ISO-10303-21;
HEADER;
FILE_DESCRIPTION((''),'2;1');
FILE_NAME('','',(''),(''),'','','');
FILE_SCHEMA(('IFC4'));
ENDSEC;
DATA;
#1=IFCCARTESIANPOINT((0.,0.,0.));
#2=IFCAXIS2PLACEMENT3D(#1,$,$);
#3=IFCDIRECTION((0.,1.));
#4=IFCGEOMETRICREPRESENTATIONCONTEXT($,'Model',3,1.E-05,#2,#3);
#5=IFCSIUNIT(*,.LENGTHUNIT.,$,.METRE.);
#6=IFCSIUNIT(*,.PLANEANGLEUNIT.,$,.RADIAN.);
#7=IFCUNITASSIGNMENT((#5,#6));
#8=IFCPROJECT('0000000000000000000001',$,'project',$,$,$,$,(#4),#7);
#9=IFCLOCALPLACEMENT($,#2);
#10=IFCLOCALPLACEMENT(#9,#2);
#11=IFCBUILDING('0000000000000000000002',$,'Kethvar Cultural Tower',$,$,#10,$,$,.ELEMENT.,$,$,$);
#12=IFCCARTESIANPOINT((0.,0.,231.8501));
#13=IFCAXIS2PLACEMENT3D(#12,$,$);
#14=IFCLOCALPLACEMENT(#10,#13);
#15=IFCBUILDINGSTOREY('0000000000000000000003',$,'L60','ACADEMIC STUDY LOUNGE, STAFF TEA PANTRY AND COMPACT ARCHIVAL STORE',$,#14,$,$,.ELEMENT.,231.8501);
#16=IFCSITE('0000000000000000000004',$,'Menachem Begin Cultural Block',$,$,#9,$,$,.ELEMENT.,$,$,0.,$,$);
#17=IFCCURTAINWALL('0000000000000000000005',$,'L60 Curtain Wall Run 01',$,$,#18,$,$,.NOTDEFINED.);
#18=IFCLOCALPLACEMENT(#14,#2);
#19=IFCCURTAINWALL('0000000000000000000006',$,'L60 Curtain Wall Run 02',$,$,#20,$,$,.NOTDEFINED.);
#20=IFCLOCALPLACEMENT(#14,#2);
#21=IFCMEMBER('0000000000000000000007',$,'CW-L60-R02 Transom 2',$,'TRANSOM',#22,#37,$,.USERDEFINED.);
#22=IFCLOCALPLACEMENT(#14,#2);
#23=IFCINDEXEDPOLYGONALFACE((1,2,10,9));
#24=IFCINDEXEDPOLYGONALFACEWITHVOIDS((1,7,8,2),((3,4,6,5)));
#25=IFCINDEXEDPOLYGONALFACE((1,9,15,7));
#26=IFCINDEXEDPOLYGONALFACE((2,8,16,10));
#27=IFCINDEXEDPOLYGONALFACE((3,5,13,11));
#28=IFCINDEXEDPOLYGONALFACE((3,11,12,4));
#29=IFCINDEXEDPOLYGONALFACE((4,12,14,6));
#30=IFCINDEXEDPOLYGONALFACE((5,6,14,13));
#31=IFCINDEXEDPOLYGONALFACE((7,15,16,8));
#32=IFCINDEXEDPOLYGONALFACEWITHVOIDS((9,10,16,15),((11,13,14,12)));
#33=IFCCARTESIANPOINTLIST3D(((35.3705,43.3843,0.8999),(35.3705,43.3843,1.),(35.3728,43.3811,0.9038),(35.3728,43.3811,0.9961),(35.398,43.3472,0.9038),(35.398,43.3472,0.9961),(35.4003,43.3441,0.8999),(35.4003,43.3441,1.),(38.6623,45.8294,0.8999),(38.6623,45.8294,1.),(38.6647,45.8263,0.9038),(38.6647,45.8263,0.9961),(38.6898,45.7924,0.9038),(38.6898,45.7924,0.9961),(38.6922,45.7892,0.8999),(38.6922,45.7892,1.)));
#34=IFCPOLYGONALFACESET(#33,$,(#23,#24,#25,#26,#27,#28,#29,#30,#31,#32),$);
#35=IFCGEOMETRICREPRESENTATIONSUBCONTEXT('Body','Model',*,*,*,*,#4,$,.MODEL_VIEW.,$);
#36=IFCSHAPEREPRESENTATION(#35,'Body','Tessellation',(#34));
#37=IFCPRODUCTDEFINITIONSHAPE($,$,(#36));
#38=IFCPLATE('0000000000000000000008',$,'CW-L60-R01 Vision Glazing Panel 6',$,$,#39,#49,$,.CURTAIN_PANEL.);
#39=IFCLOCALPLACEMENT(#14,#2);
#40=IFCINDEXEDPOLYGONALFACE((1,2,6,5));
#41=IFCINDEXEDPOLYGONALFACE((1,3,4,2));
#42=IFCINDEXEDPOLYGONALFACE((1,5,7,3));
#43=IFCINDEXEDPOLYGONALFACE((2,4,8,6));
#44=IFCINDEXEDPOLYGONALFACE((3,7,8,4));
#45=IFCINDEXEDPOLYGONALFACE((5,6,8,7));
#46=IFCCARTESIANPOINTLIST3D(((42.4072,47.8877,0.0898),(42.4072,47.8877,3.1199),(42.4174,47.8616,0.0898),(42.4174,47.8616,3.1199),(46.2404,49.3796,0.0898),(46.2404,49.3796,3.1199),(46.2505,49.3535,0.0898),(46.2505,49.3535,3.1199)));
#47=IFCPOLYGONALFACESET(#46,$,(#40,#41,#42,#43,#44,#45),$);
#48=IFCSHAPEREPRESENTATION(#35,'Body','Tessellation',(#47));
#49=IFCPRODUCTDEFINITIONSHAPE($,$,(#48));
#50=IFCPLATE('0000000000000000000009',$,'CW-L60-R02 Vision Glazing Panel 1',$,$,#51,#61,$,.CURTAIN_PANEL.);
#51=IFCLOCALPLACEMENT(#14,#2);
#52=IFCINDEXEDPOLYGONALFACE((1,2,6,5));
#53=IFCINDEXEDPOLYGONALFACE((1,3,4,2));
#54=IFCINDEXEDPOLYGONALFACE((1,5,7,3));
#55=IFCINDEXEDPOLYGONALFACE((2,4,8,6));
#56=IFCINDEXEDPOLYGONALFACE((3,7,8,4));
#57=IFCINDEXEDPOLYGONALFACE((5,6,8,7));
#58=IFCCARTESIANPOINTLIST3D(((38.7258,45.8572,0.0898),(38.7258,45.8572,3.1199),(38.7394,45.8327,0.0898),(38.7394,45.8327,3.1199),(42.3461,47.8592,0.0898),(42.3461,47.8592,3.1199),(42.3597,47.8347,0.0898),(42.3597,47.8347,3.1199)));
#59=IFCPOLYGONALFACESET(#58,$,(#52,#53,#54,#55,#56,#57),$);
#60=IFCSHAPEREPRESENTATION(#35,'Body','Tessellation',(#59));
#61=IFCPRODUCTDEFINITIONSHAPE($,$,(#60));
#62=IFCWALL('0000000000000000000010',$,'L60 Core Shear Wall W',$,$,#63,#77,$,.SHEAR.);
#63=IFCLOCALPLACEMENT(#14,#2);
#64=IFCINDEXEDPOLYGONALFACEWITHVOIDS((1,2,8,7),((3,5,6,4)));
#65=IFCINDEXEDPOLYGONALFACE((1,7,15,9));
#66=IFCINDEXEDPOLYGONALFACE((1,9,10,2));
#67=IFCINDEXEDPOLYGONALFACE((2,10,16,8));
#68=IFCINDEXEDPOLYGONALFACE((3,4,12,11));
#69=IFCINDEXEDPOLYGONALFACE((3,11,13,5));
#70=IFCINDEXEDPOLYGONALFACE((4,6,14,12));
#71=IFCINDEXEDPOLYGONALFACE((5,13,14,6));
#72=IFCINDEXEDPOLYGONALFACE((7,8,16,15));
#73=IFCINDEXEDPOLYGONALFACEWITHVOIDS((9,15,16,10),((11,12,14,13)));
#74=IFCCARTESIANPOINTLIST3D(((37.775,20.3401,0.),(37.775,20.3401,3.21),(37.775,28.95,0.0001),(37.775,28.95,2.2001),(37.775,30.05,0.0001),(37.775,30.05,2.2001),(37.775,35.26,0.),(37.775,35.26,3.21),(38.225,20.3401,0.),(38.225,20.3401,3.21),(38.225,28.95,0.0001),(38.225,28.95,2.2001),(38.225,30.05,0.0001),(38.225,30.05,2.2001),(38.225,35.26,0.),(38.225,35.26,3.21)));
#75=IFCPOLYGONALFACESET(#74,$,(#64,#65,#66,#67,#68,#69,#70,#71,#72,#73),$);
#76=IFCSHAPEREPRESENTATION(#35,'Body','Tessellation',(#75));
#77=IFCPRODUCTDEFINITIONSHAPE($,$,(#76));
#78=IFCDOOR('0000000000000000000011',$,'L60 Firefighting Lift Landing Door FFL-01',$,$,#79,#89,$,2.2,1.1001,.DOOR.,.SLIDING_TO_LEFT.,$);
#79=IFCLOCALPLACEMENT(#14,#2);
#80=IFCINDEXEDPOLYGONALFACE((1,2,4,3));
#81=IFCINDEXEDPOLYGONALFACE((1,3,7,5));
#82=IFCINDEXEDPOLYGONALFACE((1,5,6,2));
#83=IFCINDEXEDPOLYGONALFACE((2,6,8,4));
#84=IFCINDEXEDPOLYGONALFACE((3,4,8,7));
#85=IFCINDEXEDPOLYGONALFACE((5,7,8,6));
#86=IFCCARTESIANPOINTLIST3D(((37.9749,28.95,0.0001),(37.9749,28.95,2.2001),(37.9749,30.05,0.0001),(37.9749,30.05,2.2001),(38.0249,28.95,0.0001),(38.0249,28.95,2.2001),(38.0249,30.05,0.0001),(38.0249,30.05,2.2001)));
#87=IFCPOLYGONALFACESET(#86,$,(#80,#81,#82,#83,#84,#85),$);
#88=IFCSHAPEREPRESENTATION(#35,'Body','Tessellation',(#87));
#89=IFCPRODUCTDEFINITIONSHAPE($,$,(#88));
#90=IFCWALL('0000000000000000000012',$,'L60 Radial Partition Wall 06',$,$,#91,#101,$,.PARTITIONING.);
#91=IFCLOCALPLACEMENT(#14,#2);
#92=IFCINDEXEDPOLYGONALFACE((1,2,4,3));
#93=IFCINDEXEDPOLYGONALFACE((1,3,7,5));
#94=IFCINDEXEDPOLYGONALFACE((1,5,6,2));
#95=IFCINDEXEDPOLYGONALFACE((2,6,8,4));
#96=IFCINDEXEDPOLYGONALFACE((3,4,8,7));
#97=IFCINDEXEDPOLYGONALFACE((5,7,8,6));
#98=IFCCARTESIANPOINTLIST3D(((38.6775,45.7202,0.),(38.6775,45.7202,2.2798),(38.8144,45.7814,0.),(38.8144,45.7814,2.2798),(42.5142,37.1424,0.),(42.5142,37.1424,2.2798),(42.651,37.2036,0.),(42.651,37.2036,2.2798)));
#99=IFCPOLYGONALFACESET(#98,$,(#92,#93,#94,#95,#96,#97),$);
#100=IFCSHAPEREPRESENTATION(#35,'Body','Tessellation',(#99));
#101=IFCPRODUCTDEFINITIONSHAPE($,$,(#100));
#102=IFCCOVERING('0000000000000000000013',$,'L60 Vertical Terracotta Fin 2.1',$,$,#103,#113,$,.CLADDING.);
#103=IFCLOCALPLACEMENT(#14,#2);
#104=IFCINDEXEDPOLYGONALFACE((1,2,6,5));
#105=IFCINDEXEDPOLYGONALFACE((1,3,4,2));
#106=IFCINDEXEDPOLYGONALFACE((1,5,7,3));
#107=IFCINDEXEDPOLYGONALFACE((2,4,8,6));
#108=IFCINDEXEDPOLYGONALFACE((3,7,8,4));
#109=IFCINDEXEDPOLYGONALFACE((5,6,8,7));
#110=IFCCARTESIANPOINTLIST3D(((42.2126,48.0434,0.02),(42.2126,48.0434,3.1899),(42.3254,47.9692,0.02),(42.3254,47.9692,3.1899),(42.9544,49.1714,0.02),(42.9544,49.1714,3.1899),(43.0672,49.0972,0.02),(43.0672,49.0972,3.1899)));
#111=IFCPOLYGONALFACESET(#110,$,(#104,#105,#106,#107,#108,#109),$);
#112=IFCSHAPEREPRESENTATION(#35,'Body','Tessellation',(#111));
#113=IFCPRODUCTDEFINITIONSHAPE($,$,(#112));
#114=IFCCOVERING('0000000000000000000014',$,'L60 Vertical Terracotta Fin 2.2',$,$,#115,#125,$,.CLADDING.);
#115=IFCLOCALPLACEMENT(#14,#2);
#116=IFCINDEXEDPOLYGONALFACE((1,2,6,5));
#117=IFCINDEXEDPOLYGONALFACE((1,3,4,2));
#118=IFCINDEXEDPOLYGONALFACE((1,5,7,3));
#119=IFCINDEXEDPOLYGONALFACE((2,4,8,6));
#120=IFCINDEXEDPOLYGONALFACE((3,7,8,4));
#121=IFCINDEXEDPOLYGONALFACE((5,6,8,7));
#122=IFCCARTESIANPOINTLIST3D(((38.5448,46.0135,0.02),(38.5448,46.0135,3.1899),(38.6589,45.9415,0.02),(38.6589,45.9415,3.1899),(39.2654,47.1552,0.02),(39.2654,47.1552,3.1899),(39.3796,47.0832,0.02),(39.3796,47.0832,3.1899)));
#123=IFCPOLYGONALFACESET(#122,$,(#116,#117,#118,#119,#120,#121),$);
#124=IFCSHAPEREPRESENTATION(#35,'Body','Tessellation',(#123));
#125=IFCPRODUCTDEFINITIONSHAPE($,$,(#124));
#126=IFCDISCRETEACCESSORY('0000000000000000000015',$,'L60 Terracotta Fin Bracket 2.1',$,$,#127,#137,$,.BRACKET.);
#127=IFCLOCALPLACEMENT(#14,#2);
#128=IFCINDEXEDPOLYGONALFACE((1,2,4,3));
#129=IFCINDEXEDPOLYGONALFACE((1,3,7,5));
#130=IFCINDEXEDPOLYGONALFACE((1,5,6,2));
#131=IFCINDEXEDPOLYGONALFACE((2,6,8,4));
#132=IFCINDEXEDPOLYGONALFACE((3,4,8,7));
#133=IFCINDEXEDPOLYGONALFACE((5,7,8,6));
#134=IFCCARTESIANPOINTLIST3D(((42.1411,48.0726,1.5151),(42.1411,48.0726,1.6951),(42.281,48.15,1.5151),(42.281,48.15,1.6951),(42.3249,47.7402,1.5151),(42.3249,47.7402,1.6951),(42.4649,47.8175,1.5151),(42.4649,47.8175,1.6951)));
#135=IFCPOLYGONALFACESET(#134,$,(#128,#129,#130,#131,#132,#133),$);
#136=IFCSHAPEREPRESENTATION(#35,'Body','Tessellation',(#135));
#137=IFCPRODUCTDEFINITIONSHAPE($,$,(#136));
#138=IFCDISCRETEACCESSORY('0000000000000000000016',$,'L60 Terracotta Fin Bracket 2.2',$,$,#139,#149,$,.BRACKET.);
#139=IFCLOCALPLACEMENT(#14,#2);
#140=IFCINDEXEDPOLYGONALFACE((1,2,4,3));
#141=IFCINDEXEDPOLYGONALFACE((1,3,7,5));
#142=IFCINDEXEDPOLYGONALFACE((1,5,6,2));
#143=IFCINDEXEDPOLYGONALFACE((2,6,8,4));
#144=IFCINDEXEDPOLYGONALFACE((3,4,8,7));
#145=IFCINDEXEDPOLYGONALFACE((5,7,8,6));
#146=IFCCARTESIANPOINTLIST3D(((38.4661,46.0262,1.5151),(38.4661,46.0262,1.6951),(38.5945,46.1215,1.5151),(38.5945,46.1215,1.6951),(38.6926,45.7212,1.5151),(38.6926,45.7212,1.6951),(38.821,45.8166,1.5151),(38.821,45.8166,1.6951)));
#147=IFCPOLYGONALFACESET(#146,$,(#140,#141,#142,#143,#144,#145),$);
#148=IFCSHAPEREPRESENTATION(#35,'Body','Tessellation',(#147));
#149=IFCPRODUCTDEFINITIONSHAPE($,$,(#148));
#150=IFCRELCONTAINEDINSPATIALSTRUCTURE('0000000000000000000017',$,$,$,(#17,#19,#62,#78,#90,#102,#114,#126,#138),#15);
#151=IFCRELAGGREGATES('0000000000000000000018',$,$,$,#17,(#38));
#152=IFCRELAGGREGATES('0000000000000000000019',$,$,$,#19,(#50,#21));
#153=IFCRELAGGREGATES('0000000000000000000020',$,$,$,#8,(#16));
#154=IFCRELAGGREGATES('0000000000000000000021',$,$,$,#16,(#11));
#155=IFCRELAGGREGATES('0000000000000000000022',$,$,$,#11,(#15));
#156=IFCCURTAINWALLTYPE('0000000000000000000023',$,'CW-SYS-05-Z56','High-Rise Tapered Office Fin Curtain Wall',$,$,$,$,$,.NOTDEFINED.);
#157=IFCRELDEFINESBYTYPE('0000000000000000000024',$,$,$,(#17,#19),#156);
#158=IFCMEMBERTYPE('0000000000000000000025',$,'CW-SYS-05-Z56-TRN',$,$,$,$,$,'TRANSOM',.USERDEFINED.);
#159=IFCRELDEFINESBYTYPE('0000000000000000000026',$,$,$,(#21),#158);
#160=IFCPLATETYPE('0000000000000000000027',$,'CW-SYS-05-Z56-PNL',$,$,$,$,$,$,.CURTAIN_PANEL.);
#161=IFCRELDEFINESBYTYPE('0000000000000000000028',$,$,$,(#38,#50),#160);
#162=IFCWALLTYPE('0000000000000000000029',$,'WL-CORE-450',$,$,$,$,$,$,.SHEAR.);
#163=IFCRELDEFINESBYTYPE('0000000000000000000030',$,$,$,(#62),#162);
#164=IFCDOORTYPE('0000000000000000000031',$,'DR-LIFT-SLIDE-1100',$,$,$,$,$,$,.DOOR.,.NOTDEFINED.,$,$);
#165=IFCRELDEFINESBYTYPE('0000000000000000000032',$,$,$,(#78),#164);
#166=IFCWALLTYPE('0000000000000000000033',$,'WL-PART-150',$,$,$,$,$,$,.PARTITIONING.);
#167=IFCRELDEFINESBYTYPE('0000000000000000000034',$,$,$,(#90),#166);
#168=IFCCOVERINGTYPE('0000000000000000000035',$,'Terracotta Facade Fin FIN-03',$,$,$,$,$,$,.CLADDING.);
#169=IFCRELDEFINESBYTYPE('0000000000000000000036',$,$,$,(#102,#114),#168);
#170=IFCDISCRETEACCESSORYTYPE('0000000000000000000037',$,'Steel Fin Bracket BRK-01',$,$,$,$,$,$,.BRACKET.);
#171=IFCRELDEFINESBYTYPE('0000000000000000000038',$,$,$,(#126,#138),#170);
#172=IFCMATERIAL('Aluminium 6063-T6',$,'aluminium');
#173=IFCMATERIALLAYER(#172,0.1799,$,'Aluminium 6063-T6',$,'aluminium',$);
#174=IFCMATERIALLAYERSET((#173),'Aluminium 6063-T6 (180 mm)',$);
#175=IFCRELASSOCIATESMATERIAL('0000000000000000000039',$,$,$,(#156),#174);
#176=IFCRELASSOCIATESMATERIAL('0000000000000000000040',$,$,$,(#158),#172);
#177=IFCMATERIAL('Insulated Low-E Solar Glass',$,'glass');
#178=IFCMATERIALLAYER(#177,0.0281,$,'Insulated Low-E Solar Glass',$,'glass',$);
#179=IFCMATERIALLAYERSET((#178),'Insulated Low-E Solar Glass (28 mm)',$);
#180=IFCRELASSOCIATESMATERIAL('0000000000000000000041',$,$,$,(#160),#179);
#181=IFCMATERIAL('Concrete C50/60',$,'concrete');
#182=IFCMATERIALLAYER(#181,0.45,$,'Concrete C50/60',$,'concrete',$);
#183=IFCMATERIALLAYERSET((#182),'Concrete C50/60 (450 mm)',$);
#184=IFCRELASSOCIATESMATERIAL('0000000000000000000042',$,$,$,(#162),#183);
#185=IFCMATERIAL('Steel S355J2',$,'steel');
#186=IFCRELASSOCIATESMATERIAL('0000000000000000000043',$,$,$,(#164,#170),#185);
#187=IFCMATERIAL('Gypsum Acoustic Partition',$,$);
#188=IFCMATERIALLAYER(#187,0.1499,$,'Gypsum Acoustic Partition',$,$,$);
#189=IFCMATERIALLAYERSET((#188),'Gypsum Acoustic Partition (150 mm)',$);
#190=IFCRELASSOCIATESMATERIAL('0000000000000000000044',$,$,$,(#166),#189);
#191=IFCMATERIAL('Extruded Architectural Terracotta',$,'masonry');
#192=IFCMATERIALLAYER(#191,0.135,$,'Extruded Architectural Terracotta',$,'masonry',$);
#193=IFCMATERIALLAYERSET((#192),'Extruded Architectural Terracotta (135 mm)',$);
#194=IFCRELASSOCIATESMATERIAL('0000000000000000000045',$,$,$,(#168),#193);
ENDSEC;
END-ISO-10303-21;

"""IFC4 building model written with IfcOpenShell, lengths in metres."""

from ifc_helpers import new_model, si_unit, direction, frame, frame_2d, origin, origin_2d, place, context, subcontext, project, spatial, rectangle, hollow_rectangle, extrude, source, transform, mapped, material, layer, layer_set, material_profile, profile_set, type_object, element, fill, aggregate, save


model = new_model("IFC4")

# Units and contexts
model_context = context("Model", 3, precision=1e-05, world=origin(), true_north=direction((0.0, 1.0)))
body_context = subcontext(model_context, "Body", "Model", "MODEL_VIEW")
ifc_project = project(units=[si_unit("LENGTHUNIT", "METRE"), si_unit("PLANEANGLEUNIT", "RADIAN")], contexts=[model_context])

# Site, building, storey
site_placement = place(None, origin())
site = spatial("IfcSite", under=ifc_project, at=site_placement, Name="Menachem Begin Cultural Block", CompositionType="ELEMENT", RefElevation=0.0)
building_placement = place(site_placement, origin())
building = spatial("IfcBuilding", under=site, at=building_placement, Name="Kethvar Cultural Tower", CompositionType="ELEMENT")
storey_placement = place(building_placement, frame((0.0, 0.0, 231.8501)))
storey = spatial("IfcBuildingStorey", under=building, at=storey_placement, Name="L60", Description="ACADEMIC STUDY LOUNGE, STAFF TEA PANTRY AND COMPACT ARCHIVAL STORE", CompositionType="ELEMENT", Elevation=231.8501)

# Shared definitions
ifc_material_1 = material(Name="Steel S355J2", Category="steel")

# Curtain wall
ifc_material_2 = material(Name="Aluminium 6063-T6", Category="aluminium")
ifc_layer_1 = layer(ifc_material_2, 0.1799, Name="Aluminium 6063-T6", Category="aluminium")
ifc_layer_set_1 = layer_set([ifc_layer_1], Name="Aluminium 6063-T6 (180 mm)")
curtain_wall_type = type_object("IfcCurtainWallType", Name="CW-SYS-05-Z56", Description="High-Rise Tapered Office Fin Curtain Wall", PredefinedType="NOTDEFINED", material=ifc_layer_set_1)
curtain_wall_1_placement = place(storey_placement, origin())
curtain_wall_1 = element("IfcCurtainWall", 1, at=curtain_wall_1_placement, inside=storey, type_object=curtain_wall_type, Name="L60 Curtain Wall Run 01", PredefinedType="NOTDEFINED")

# Curtain wall, member
curtain_wall_2_placement = place(storey_placement, origin())
curtain_wall_2 = element("IfcCurtainWall", 2, at=curtain_wall_2_placement, inside=storey, type_object=curtain_wall_type, Name="L60 Curtain Wall Run 02", PredefinedType="NOTDEFINED")
ifc_material_profile_1 = material_profile(ifc_material_2, hollow_rectangle(XDim=0.05, YDim=0.1001, WallThickness=0.0039, at=origin_2d()), Name="Aluminium 6063-T6 — RHS100x50x4")
ifc_profile_set_1 = profile_set([ifc_material_profile_1], Name="Aluminium 6063-T6 — RHS100x50x4")
member_type_1 = type_object("IfcMemberType", Name="CW-SYS-05-Z56-TRN", ElementType="TRANSOM", PredefinedType="USERDEFINED", material=ifc_profile_set_1)
shared_shape_1 = source(origin(), body_context, "Body", "SweptSolid", [
    extrude(hollow_rectangle(XDim=0.05, YDim=0.1001, WallThickness=0.0039, at=origin_2d()), origin(), (0.0, 0.0, 1.0), 4.1006),
])
member_1_placement = place(storey_placement, frame((38.6772, 45.8093, 0.95), z_axis=(-0.802771, -0.596288, 0.0), x_axis=(0.596288, -0.802771, 0.0)))
member_1 = element("IfcMember", 3, at=member_1_placement, type_object=member_type_1, Name="CW-L60-R02 Transom 2", ObjectType="TRANSOM", PredefinedType="USERDEFINED", context=body_context, shape_type="MappedRepresentation", body=[
    mapped(shared_shape_1, transform((0.0, 0.0, 0.0), scale=1.0)),
])

# Plates
ifc_material_3 = material(Name="Insulated Low-E Solar Glass", Category="glass")
ifc_layer_2 = layer(ifc_material_3, 0.0281, Name="Insulated Low-E Solar Glass", Category="glass")
ifc_layer_set_2 = layer_set([ifc_layer_2], Name="Insulated Low-E Solar Glass (28 mm)")
plate_type = type_object("IfcPlateType", Name="CW-SYS-05-Z56-PNL", PredefinedType="CURTAIN_PANEL", material=ifc_layer_set_2)
shared_shape_2 = source(origin(), body_context, "Body", "SweptSolid", [
    extrude(rectangle(XDim=4.1133, YDim=0.0281, at=origin_2d()), origin(), (0.0, 0.0, 1.0), 3.03),
])
plate_1_placement = place(storey_placement, frame((44.3289, 48.6206, 0.0898), z_axis=(0.0, 0.0, 1.0), x_axis=(-0.931907, -0.362698, 0.0)))
plate_1 = element("IfcPlate", 4, at=plate_1_placement, type_object=plate_type, Name="CW-L60-R01 Vision Glazing Panel 6", PredefinedType="CURTAIN_PANEL", context=body_context, shape_type="MappedRepresentation", body=[
    mapped(shared_shape_2, transform((0.0, 0.0, 0.0), scale=1.0)),
])
aggregate(curtain_wall_1, [plate_1])
shared_shape_3 = source(origin(), body_context, "Body", "SweptSolid", [
    extrude(rectangle(XDim=4.137, YDim=0.0281, at=origin_2d()), origin(), (0.0, 0.0, 1.0), 3.03),
])
plate_2_placement = place(storey_placement, frame((40.5427, 46.8459, 0.0898), z_axis=(0.0, 0.0, 1.0), x_axis=(-0.87511, -0.483924, 0.0)))
plate_2 = element("IfcPlate", 5, at=plate_2_placement, type_object=plate_type, Name="CW-L60-R02 Vision Glazing Panel 1", PredefinedType="CURTAIN_PANEL", context=body_context, shape_type="MappedRepresentation", body=[
    mapped(shared_shape_3, transform((0.0, 0.0, 0.0), scale=1.0)),
])
aggregate(curtain_wall_2, [plate_2, member_1])

# Wall, opening, door
ifc_material_4 = material(Name="Concrete C50/60", Category="concrete")
ifc_layer_3 = layer(ifc_material_4, 0.45, Name="Concrete C50/60", Category="concrete")
ifc_layer_set_3 = layer_set([ifc_layer_3], Name="Concrete C50/60 (450 mm)")
wall_type_1 = type_object("IfcWallType", Name="WL-CORE-450", PredefinedType="SHEAR", material=ifc_layer_set_3)
wall_1_placement = place(storey_placement, frame((38.0, 35.26, 0.0), z_axis=(0.0, 0.0, 1.0), x_axis=(0.0, -1.0, 0.0)))
wall_1 = element("IfcWall", 6, at=wall_1_placement, inside=storey, type_object=wall_type_1, Name="L60 Core Shear Wall W", PredefinedType="SHEAR", context=body_context, shape_type="SweptSolid", body=[
    extrude(rectangle(XDim=14.9199, YDim=0.45, at=frame_2d((7.46, 0.0))), origin(), (0.0, 0.0, 1.0), 3.21),
])
opening_placement = place(wall_1_placement, frame((5.21, 0.0, 0.0)))
opening = element("IfcOpeningElement", 7, at=opening_placement, cuts=wall_1, PredefinedType="OPENING", context=body_context, shape_type="SweptSolid", body=[
    extrude(rectangle(XDim=1.1001, YDim=2.2, at=frame_2d((0.55, 1.1001))), frame((0.0, 0.2349, 0.0), z_axis=(0.0, -1.0, 0.0), x_axis=(1.0, 0.0, 0.0)), (0.0, 0.0, 1.0), 0.47),
])
door_type = type_object("IfcDoorType", Name="DR-LIFT-SLIDE-1100", OperationType="NOTDEFINED", PredefinedType="DOOR", material=ifc_material_1)
shared_shape_4 = source(origin(), body_context, "Body", "SweptSolid", [
    extrude(rectangle(XDim=1.1001, YDim=2.2, at=frame_2d((0.55, 1.1001))), frame((0.0, 0.0249, 0.0), z_axis=(0.0, -1.0, 0.0), x_axis=(1.0, 0.0, 0.0)), (0.0, 0.0, 1.0), 0.05),
])
door_placement = place(opening_placement, origin())
door = element("IfcDoor", 8, at=door_placement, inside=storey, type_object=door_type, Name="L60 Firefighting Lift Landing Door FFL-01", OperationType="SLIDING_TO_LEFT", OverallHeight=2.2, OverallWidth=1.1001, PredefinedType="DOOR", context=body_context, shape_type="MappedRepresentation", body=[
    mapped(shared_shape_4, transform((0.0, 0.0, 0.0), scale=1.0)),
])
fill(opening, door)

# Wall
ifc_material_5 = material(Name="Gypsum Acoustic Partition")
ifc_layer_4 = layer(ifc_material_5, 0.1499, Name="Gypsum Acoustic Partition")
ifc_layer_set_4 = layer_set([ifc_layer_4], Name="Gypsum Acoustic Partition (150 mm)")
wall_type_2 = type_object("IfcWallType", Name="WL-PART-150", PredefinedType="PARTITIONING", material=ifc_layer_set_4)
wall_2_placement = place(storey_placement, frame((42.5825, 37.1731, 0.0), z_axis=(0.0, 0.0, 1.0), x_axis=(-0.408295, 0.91285, 0.0)))
element("IfcWall", 9, at=wall_2_placement, inside=storey, type_object=wall_type_2, Name="L60 Radial Partition Wall 06", PredefinedType="PARTITIONING", context=body_context, shape_type="SweptSolid", body=[
    extrude(rectangle(XDim=9.3967, YDim=0.1499, at=frame_2d((4.6982, 0.0))), origin(), (0.0, 0.0, 1.0), 2.2798),
])

# Coverings
ifc_material_6 = material(Name="Extruded Architectural Terracotta", Category="masonry")
ifc_layer_5 = layer(ifc_material_6, 0.135, Name="Extruded Architectural Terracotta", Category="masonry")
ifc_layer_set_5 = layer_set([ifc_layer_5], Name="Extruded Architectural Terracotta (135 mm)")
covering_type = type_object("IfcCoveringType", Name="Terracotta Facade Fin FIN-03", PredefinedType="CLADDING", material=ifc_layer_set_5)
shared_shape_5 = source(origin(), body_context, "Body", "SweptSolid", [
    extrude(rectangle(XDim=1.3501, YDim=0.135, at=origin_2d()), origin(), (0.0, 0.0, 1.0), 3.1699),
])
for number, where, z_axis, x_axis, name in (
    (10, (42.6399, 48.5703, 0.02), (0.0, 0.0, 1.0), (0.54946, 0.83552, 0.0), "L60 Vertical Terracotta Fin 2.1"),
    (11, (38.9622, 46.5483, 0.02), (0.0, 0.0, 1.0), (0.533762, 0.845635, 0.0), "L60 Vertical Terracotta Fin 2.2"),
):
    element("IfcCovering", number, at=place(storey_placement, frame(where, z_axis=z_axis, x_axis=x_axis)), inside=storey, type_object=covering_type, Name=name, PredefinedType="CLADDING", context=body_context, shape_type="MappedRepresentation", body=[
        mapped(shared_shape_5, transform((0.0, 0.0, 0.0), scale=1.0)),
    ])

# Discrete accessories
discrete_accessory_type = type_object("IfcDiscreteAccessoryType", Name="Steel Fin Bracket BRK-01", PredefinedType="BRACKET", material=ifc_material_1)
shared_shape_6 = source(origin(), body_context, "Body", "SweptSolid", [
    extrude(rectangle(XDim=0.3799, YDim=0.1599, at=origin_2d()), origin(), (0.0, 0.0, 1.0), 0.1799),
])
for number, where, z_axis, x_axis, name in (
    (12, (42.303, 47.9451, 1.5151), (0.0, 0.0, 1.0), (-0.483893, 0.875127, 0.0), "L60 Terracotta Fin Bracket 2.1"),
    (13, (38.6436, 45.9214, 1.5151), (0.0, 0.0, 1.0), (-0.596365, 0.802713, 0.0), "L60 Terracotta Fin Bracket 2.2"),
):
    element("IfcDiscreteAccessory", number, at=place(storey_placement, frame(where, z_axis=z_axis, x_axis=x_axis)), inside=storey, type_object=discrete_accessory_type, Name=name, PredefinedType="BRACKET", context=body_context, shape_type="MappedRepresentation", body=[
        mapped(shared_shape_6, transform((0.0, 0.0, 0.0), scale=1.0)),
    ])

save(model, "model.ifc")
